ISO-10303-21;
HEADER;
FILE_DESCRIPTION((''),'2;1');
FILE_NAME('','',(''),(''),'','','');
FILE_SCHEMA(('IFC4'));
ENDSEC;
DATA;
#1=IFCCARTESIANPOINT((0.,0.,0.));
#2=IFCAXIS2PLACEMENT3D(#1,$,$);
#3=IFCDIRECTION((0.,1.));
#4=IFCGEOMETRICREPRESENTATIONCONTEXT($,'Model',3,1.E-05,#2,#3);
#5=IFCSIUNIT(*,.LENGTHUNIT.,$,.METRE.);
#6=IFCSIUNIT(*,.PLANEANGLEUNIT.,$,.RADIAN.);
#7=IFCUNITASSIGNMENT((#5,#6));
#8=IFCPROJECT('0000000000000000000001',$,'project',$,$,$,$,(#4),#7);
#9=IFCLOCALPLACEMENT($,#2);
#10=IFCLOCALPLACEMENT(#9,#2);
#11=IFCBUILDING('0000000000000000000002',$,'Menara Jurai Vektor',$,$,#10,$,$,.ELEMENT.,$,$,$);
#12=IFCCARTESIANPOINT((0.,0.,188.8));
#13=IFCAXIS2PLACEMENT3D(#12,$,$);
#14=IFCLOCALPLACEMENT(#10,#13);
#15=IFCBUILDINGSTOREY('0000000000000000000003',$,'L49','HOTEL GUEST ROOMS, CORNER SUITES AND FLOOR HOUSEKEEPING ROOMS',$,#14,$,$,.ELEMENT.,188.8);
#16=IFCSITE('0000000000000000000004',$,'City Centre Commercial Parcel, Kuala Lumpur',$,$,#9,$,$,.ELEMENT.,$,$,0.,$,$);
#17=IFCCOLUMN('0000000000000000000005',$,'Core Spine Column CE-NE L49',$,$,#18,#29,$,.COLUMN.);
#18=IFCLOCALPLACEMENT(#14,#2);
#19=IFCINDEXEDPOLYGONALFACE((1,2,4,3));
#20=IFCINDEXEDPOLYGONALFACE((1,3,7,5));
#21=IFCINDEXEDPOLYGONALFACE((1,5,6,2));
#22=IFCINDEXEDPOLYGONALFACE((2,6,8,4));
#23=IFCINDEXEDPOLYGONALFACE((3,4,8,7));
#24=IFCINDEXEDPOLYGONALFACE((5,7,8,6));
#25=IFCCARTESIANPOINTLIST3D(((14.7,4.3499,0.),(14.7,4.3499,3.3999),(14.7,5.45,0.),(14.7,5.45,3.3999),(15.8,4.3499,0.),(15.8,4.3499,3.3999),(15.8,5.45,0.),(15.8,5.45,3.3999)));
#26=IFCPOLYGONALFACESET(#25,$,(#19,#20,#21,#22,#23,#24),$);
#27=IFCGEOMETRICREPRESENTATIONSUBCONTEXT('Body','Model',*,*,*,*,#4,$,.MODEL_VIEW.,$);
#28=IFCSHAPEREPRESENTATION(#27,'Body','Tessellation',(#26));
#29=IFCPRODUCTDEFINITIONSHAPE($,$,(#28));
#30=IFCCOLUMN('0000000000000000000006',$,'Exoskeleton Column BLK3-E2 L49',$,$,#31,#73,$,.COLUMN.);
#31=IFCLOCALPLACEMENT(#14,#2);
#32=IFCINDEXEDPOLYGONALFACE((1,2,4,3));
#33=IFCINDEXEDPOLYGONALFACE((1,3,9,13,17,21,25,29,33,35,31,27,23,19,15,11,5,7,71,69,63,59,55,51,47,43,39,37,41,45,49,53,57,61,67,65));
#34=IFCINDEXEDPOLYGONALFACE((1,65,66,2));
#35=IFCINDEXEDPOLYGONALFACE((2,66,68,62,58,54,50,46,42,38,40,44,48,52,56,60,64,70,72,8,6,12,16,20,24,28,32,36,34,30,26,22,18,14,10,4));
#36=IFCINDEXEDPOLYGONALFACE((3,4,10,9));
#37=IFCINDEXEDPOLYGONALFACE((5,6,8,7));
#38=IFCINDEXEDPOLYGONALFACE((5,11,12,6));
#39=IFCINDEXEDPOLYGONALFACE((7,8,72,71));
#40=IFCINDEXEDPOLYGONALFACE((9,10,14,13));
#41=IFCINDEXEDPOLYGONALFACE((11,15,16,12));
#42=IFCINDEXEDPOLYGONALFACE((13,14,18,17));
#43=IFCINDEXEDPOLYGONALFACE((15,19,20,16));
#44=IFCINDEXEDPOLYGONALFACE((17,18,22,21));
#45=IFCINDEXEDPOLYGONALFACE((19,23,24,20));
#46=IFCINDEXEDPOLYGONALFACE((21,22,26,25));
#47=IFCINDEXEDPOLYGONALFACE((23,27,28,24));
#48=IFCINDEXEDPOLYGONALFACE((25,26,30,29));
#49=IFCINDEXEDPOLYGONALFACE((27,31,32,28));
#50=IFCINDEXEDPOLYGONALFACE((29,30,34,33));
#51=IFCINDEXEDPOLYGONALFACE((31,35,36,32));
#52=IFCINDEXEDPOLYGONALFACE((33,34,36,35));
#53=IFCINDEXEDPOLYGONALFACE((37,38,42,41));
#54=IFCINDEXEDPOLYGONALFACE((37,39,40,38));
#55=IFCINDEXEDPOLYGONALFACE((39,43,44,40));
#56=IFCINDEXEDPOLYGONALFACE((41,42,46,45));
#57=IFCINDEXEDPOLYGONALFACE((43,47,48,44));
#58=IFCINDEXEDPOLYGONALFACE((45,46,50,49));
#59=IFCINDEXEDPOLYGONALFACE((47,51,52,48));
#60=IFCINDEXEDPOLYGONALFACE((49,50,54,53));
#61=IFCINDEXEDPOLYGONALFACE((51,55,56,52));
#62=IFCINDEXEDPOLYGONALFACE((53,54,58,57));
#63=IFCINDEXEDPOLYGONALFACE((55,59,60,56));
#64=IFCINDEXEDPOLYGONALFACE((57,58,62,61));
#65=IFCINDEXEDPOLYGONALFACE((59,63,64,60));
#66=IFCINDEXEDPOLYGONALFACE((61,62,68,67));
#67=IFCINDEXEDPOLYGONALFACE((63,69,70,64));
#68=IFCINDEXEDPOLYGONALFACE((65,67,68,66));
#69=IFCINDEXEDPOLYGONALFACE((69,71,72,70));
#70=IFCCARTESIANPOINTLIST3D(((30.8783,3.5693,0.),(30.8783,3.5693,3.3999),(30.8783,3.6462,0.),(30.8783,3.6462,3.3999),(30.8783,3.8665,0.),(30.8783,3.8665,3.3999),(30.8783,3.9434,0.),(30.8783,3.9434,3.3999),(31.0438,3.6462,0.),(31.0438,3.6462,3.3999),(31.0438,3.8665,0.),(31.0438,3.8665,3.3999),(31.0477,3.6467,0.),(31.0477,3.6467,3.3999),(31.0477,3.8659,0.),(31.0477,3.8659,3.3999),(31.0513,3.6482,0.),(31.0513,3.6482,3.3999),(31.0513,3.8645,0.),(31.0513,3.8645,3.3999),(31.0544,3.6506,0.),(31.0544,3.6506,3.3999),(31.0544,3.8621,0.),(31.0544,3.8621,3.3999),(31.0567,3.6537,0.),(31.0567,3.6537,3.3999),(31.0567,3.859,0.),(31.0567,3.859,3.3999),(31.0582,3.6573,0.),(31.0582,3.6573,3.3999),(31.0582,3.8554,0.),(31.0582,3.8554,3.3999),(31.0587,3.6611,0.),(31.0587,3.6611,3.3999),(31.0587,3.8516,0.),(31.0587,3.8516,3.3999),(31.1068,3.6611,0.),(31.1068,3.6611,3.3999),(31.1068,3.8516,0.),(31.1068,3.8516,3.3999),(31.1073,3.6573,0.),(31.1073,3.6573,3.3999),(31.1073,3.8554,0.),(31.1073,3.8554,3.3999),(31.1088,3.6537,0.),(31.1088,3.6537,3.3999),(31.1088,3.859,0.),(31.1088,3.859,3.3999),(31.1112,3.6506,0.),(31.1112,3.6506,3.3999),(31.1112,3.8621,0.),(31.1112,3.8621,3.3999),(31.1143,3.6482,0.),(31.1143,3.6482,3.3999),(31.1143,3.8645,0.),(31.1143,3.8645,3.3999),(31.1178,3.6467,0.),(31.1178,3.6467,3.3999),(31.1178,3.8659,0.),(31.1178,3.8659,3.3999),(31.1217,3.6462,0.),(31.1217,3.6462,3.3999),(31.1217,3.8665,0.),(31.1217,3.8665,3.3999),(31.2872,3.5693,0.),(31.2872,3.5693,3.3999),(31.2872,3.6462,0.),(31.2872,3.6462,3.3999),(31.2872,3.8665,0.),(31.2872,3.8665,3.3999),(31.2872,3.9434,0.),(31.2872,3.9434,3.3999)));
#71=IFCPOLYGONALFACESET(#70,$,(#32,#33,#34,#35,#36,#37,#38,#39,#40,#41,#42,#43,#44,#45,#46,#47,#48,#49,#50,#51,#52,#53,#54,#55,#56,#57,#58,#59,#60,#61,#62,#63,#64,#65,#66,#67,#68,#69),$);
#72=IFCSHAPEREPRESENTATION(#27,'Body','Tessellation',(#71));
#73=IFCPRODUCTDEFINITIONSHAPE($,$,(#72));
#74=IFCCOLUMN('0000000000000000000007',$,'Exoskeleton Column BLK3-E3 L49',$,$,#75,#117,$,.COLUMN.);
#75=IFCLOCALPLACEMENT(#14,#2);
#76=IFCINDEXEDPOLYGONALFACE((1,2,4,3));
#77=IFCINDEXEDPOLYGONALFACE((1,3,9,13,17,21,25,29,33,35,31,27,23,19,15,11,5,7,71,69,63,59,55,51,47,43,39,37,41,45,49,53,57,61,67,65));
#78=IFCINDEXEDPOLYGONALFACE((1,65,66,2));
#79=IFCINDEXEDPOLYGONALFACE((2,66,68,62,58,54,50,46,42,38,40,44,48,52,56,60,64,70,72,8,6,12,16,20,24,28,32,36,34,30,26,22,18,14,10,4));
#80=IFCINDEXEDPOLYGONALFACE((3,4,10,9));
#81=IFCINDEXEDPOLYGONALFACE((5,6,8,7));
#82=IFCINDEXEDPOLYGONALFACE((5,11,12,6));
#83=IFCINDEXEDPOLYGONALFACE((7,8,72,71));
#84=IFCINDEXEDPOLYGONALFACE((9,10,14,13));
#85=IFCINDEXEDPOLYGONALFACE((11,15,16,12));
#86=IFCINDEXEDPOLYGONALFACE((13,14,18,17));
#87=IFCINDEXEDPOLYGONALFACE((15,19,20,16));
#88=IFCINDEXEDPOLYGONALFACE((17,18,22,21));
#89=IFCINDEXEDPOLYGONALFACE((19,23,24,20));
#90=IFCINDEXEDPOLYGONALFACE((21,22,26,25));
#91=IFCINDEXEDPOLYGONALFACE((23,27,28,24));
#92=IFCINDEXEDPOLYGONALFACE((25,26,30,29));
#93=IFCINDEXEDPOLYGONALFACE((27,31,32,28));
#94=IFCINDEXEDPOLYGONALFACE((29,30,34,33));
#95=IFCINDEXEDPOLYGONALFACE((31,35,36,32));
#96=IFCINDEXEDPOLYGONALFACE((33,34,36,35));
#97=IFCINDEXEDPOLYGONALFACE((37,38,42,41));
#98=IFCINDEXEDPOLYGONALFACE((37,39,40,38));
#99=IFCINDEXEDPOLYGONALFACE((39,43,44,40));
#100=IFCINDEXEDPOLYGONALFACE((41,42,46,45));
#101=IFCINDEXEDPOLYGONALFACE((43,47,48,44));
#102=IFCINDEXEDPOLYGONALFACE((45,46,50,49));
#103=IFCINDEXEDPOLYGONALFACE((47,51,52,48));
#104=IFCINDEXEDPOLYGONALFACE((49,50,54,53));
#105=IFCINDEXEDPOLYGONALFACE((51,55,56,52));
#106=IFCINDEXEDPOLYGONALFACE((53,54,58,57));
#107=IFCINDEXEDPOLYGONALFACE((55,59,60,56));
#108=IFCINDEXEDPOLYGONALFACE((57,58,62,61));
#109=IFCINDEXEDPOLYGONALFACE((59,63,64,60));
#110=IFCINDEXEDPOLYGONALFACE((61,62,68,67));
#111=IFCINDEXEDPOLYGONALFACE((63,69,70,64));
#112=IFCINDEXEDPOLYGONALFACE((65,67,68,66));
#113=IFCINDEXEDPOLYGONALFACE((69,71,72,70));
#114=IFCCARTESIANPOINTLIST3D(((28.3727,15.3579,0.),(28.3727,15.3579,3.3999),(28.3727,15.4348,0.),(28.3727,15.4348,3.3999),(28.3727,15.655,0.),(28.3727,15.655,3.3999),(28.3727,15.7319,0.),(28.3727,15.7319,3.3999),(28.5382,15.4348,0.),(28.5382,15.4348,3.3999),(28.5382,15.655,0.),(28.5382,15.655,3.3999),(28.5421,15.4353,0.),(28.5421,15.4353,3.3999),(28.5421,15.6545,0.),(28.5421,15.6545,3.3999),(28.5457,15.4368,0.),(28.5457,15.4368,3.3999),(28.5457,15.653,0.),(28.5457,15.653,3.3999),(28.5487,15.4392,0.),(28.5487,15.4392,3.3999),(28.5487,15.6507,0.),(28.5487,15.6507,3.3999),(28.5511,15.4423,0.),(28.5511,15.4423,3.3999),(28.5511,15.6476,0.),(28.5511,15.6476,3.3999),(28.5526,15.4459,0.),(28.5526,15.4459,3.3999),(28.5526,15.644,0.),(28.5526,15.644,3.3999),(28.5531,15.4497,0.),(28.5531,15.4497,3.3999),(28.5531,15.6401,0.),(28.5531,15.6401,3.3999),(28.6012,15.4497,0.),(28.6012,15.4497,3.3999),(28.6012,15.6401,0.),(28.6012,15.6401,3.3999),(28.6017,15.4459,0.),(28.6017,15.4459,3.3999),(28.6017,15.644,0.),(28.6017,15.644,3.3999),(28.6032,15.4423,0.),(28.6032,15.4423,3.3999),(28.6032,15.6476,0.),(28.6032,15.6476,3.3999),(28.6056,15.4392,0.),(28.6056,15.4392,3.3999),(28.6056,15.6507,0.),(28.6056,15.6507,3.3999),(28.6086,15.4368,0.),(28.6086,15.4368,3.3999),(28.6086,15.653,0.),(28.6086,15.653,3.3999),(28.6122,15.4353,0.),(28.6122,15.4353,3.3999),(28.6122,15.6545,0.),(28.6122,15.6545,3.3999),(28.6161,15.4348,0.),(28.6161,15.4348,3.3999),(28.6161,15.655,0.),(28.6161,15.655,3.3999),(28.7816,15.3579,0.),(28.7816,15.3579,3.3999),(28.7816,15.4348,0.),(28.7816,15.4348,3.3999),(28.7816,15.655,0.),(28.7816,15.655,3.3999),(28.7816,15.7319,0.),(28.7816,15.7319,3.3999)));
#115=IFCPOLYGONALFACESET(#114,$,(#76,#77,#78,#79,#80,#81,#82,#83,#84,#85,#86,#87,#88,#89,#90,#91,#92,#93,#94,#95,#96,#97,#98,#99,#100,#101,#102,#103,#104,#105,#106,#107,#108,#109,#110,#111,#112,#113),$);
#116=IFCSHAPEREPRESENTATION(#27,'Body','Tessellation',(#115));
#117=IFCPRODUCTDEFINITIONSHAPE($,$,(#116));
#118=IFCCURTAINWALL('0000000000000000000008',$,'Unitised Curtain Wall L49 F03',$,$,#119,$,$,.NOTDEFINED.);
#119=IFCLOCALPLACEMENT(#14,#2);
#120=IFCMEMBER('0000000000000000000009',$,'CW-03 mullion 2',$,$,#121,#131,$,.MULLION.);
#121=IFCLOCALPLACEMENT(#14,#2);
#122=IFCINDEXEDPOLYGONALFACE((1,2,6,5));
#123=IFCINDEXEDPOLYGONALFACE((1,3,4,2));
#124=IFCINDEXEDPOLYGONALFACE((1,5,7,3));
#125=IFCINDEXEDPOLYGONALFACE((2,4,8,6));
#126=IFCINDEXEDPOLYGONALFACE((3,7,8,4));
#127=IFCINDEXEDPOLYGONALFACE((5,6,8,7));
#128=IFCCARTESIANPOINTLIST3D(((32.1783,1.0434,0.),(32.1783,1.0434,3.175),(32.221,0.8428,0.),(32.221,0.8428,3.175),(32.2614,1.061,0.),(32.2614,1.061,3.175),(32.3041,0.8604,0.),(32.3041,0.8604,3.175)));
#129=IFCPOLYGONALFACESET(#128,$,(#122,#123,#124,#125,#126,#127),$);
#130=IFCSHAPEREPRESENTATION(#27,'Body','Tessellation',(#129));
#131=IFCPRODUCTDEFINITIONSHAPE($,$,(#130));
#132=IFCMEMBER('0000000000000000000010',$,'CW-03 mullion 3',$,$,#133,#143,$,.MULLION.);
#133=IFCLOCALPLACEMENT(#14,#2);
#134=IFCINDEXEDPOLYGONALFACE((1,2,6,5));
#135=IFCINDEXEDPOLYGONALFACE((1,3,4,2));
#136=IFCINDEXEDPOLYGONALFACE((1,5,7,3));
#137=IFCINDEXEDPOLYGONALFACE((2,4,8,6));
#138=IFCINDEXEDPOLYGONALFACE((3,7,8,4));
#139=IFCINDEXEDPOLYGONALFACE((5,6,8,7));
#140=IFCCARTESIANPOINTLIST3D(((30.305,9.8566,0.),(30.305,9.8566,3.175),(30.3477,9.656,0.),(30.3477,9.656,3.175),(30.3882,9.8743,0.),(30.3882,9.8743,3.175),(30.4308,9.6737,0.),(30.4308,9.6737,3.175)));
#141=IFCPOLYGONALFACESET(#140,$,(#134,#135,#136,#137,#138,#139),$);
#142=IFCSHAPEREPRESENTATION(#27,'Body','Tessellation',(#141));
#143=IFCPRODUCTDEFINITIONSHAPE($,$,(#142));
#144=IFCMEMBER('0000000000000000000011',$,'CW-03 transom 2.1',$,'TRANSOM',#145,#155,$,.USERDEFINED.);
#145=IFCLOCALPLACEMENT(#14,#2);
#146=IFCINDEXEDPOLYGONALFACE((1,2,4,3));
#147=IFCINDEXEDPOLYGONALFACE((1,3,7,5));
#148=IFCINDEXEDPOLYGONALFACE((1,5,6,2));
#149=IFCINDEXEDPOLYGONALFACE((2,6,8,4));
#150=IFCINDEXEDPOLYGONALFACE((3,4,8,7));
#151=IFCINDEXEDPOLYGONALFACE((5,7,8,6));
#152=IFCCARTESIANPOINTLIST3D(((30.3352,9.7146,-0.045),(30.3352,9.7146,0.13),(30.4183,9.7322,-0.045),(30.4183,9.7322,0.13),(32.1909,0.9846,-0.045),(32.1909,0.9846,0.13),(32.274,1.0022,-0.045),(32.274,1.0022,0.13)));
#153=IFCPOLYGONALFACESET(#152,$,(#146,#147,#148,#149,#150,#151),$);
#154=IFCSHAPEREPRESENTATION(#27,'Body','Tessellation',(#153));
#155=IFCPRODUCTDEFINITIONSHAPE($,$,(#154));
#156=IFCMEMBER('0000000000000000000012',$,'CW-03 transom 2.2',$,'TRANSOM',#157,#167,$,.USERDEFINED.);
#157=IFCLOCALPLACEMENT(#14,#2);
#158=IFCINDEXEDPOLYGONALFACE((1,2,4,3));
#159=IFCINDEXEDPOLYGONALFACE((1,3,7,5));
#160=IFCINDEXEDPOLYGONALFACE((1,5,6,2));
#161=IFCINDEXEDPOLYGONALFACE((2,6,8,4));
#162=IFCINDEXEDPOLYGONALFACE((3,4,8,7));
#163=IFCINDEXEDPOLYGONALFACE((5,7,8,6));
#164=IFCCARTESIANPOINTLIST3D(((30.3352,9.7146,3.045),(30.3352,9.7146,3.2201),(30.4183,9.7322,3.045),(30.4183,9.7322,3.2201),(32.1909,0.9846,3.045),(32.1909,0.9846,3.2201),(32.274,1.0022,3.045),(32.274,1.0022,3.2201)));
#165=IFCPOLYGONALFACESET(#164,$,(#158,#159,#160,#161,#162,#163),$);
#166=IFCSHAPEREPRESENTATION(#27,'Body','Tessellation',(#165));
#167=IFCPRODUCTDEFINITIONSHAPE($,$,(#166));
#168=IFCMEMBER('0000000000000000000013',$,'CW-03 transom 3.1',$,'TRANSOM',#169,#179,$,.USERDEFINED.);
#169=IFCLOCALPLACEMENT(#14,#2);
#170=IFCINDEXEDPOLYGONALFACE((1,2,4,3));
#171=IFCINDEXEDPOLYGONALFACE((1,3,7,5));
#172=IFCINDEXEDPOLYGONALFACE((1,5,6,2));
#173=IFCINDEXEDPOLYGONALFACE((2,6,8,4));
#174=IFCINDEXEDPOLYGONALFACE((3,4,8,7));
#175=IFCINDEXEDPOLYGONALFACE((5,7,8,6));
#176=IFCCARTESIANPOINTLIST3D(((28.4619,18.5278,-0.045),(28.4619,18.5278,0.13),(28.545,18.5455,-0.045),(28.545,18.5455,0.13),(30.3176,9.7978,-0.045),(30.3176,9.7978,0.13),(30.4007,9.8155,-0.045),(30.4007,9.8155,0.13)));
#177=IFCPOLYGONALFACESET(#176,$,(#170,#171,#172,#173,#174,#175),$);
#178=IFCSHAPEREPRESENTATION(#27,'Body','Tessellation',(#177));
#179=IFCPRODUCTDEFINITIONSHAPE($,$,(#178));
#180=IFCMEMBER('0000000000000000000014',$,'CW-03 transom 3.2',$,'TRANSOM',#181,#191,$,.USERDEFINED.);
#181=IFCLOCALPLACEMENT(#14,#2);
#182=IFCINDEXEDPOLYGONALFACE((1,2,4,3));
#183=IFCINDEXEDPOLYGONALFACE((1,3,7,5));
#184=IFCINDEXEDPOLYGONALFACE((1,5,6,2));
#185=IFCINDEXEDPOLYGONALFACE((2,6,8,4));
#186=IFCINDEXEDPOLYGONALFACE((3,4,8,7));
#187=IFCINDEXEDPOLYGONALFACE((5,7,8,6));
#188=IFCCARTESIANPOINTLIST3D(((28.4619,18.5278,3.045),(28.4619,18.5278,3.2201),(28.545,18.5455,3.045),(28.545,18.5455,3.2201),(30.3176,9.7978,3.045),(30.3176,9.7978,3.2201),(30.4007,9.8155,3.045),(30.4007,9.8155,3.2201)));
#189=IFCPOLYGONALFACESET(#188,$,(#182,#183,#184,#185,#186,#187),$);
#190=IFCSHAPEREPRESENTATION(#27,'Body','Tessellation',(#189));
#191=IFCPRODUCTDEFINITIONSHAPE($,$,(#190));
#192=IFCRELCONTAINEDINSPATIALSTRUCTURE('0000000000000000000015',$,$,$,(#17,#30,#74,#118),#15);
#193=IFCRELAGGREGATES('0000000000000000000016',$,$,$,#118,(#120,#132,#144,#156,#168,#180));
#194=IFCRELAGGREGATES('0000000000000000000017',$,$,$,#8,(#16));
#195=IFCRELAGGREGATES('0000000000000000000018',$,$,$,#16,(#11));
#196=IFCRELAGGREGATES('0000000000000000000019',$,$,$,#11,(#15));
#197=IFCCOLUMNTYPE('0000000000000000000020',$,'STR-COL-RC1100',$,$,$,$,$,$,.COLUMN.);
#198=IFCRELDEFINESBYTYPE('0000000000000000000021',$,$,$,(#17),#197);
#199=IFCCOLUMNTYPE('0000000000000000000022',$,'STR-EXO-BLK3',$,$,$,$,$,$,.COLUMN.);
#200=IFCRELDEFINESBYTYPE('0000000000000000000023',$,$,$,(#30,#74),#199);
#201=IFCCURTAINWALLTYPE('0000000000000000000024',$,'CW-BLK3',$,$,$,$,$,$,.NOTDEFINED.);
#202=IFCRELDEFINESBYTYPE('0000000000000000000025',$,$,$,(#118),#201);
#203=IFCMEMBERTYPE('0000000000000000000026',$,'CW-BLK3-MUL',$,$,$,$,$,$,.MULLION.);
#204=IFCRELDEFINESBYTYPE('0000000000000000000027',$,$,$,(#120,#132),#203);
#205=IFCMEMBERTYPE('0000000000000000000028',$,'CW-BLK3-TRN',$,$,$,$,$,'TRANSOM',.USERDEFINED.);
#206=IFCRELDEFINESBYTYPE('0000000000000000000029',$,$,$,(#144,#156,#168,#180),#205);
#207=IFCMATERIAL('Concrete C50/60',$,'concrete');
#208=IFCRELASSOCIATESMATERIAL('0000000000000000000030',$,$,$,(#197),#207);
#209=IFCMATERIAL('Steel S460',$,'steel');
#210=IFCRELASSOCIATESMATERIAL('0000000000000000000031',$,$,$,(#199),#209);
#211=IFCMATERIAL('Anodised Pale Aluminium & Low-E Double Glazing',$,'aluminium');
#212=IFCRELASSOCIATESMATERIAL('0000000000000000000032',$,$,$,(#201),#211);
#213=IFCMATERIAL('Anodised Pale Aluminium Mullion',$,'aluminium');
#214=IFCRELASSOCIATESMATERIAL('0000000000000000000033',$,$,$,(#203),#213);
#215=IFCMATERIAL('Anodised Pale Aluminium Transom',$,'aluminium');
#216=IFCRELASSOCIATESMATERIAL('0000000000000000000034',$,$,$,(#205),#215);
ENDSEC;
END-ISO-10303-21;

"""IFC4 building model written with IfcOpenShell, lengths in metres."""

from ifc_helpers import new_model, si_unit, direction, frame, origin, origin_2d, place, context, subcontext, project, spatial, rectangle, i_section, extrude, material, material_profile, profile_set, type_object, element, aggregate, save


model = new_model("IFC4")

# Units and contexts
model_context = context("Model", 3, precision=1e-05, world=origin(), true_north=direction((0.0, 1.0)))
body_context = subcontext(model_context, "Body", "Model", "MODEL_VIEW")
ifc_project = project(units=[si_unit("LENGTHUNIT", "METRE"), si_unit("PLANEANGLEUNIT", "RADIAN")], contexts=[model_context])

# Site, building, storey
site_placement = place(None, origin())
site = spatial("IfcSite", under=ifc_project, at=site_placement, Name="City Centre Commercial Parcel, Kuala Lumpur", CompositionType="ELEMENT", RefElevation=0.0)
building_placement = place(site_placement, origin())
building = spatial("IfcBuilding", under=site, at=building_placement, Name="Menara Jurai Vektor", CompositionType="ELEMENT")
storey_placement = place(building_placement, frame((0.0, 0.0, 188.8)))
storey = spatial("IfcBuildingStorey", under=building, at=storey_placement, Name="L49", Description="HOTEL GUEST ROOMS, CORNER SUITES AND FLOOR HOUSEKEEPING ROOMS", CompositionType="ELEMENT", Elevation=188.8)

# Columns
ifc_material_1 = material(Name="Concrete C50/60", Category="concrete")
ifc_material_profile_1 = material_profile(ifc_material_1, rectangle(XDim=1.1001, YDim=1.1001, at=origin_2d()), Name="RC 1100x1100")
ifc_profile_set_1 = profile_set([ifc_material_profile_1], Name="Concrete C50/60")
column_type_1 = type_object("IfcColumnType", Name="STR-COL-RC1100", PredefinedType="COLUMN", material=ifc_profile_set_1)
column_placement = place(storey_placement, frame((15.25, 4.8999, 0.0), z_axis=(0.0, 0.0, 1.0), x_axis=(1.0, 0.0, 0.0)))
element("IfcColumn", 1, at=column_placement, inside=storey, type_object=column_type_1, Name="Core Spine Column CE-NE L49", PredefinedType="COLUMN", context=body_context, shape_type="SweptSolid", body=[
    extrude(rectangle(XDim=1.1001, YDim=1.1001, at=origin_2d()), origin(), (0.0, 0.0, 1.0), 3.3999),
])
ifc_material_2 = material(Name="Steel S460", Category="steel")
ifc_material_profile_2 = material_profile(ifc_material_2, i_section(OverallWidth=0.4089, OverallDepth=0.374, WebThickness=0.0481, FlangeThickness=0.0769, FilletRadius=0.0149, at=origin_2d()), Name="HD 400x634")
ifc_profile_set_2 = profile_set([ifc_material_profile_2], Name="Steel S460")
column_type_2 = type_object("IfcColumnType", Name="STR-EXO-BLK3", PredefinedType="COLUMN", material=ifc_profile_set_2)
for number, where, z_axis, x_axis, name in (
    (2, (31.0828, 3.7563, 0.0), (0.0, 0.0, 1.0), (1.0, 0.0, 0.0), "Exoskeleton Column BLK3-E2 L49"),
    (3, (28.5771, 15.5449, 0.0), (0.0, 0.0, 1.0), (1.0, 0.0, 0.0), "Exoskeleton Column BLK3-E3 L49"),
):
    element("IfcColumn", number, at=place(storey_placement, frame(where, z_axis=z_axis, x_axis=x_axis)), inside=storey, type_object=column_type_2, Name=name, PredefinedType="COLUMN", context=body_context, shape_type="SweptSolid", body=[
        extrude(i_section(OverallWidth=0.4089, OverallDepth=0.374, WebThickness=0.0481, FlangeThickness=0.0769, FilletRadius=0.0149, at=origin_2d()), origin(), (0.0, 0.0, 1.0), 3.3999),
    ])

# Curtain wall, members
ifc_material_3 = material(Name="Anodised Pale Aluminium & Low-E Double Glazing", Category="aluminium")
curtain_wall_type = type_object("IfcCurtainWallType", Name="CW-BLK3", PredefinedType="NOTDEFINED", material=ifc_material_3)
curtain_wall_placement = place(storey_placement, origin())
curtain_wall = element("IfcCurtainWall", 4, at=curtain_wall_placement, inside=storey, type_object=curtain_wall_type, Name="Unitised Curtain Wall L49 F03", PredefinedType="NOTDEFINED")
ifc_material_4 = material(Name="Anodised Pale Aluminium Mullion", Category="aluminium")
ifc_material_profile_3 = material_profile(ifc_material_4, rectangle(XDim=0.085, YDim=0.2051, at=origin_2d()), Name="ALU MUL 85x205")
ifc_profile_set_3 = profile_set([ifc_material_profile_3], Name="Anodised Pale Aluminium Mullion")
member_type_1 = type_object("IfcMemberType", Name="CW-BLK3-MUL", PredefinedType="MULLION", material=ifc_profile_set_3)
member_1_placement = place(storey_placement, frame((32.2412, 0.9519, 0.0), z_axis=(0.0, 0.0, 1.0), x_axis=(-0.978148, -0.20791, 0.0)))
member_1 = element("IfcMember", 5, at=member_1_placement, type_object=member_type_1, Name="CW-03 mullion 2", PredefinedType="MULLION", context=body_context, shape_type="SweptSolid", body=[
    extrude(rectangle(XDim=0.085, YDim=0.2051, at=origin_2d()), origin(), (0.0, 0.0, 1.0), 3.175),
])
member_2_placement = place(storey_placement, frame((30.3679, 9.7651, 0.0), z_axis=(0.0, 0.0, 1.0), x_axis=(-0.978148, -0.20791, 0.0)))
member_2 = element("IfcMember", 6, at=member_2_placement, type_object=member_type_1, Name="CW-03 mullion 3", PredefinedType="MULLION", context=body_context, shape_type="SweptSolid", body=[
    extrude(rectangle(XDim=0.085, YDim=0.2051, at=origin_2d()), origin(), (0.0, 0.0, 1.0), 3.175),
])
ifc_material_5 = material(Name="Anodised Pale Aluminium Transom", Category="aluminium")
ifc_material_profile_4 = material_profile(ifc_material_5, rectangle(XDim=0.085, YDim=0.175, at=origin_2d()), Name="ALU TRN 85x175")
ifc_profile_set_4 = profile_set([ifc_material_profile_4], Name="Anodised Pale Aluminium Transom")
member_type_2 = type_object("IfcMemberType", Name="CW-BLK3-TRN", ElementType="TRANSOM", PredefinedType="USERDEFINED", material=ifc_profile_set_4)
member_3_placement = place(storey_placement, frame((32.2324, 0.9934, 0.0425), z_axis=(-0.207922, 0.978145, 0.0), x_axis=(-0.978145, -0.207922, 0.0)))
member_3 = element("IfcMember", 7, at=member_3_placement, type_object=member_type_2, Name="CW-03 transom 2.1", ObjectType="TRANSOM", PredefinedType="USERDEFINED", context=body_context, shape_type="SweptSolid", body=[
    extrude(rectangle(XDim=0.085, YDim=0.175, at=origin_2d()), origin(), (0.0, 0.0, 1.0), 8.925),
])
member_4_placement = place(storey_placement, frame((32.2324, 0.9934, 3.1326), z_axis=(-0.207922, 0.978145, 0.0), x_axis=(-0.978145, -0.207922, 0.0)))
member_4 = element("IfcMember", 8, at=member_4_placement, type_object=member_type_2, Name="CW-03 transom 2.2", ObjectType="TRANSOM", PredefinedType="USERDEFINED", context=body_context, shape_type="SweptSolid", body=[
    extrude(rectangle(XDim=0.085, YDim=0.175, at=origin_2d()), origin(), (0.0, 0.0, 1.0), 8.925),
])
member_5_placement = place(storey_placement, frame((30.3591, 9.8066, 0.0425), z_axis=(-0.207922, 0.978145, 0.0), x_axis=(-0.978145, -0.207922, 0.0)))
member_5 = element("IfcMember", 9, at=member_5_placement, type_object=member_type_2, Name="CW-03 transom 3.1", ObjectType="TRANSOM", PredefinedType="USERDEFINED", context=body_context, shape_type="SweptSolid", body=[
    extrude(rectangle(XDim=0.085, YDim=0.175, at=origin_2d()), origin(), (0.0, 0.0, 1.0), 8.925),
])
member_6_placement = place(storey_placement, frame((30.3591, 9.8066, 3.1326), z_axis=(-0.207922, 0.978145, 0.0), x_axis=(-0.978145, -0.207922, 0.0)))
member_6 = element("IfcMember", 10, at=member_6_placement, type_object=member_type_2, Name="CW-03 transom 3.2", ObjectType="TRANSOM", PredefinedType="USERDEFINED", context=body_context, shape_type="SweptSolid", body=[
    extrude(rectangle(XDim=0.085, YDim=0.175, at=origin_2d()), origin(), (0.0, 0.0, 1.0), 8.925),
])

aggregate(curtain_wall, [member_1, member_2, member_3, member_4, member_5, member_6])

save(model, "model.ifc")
